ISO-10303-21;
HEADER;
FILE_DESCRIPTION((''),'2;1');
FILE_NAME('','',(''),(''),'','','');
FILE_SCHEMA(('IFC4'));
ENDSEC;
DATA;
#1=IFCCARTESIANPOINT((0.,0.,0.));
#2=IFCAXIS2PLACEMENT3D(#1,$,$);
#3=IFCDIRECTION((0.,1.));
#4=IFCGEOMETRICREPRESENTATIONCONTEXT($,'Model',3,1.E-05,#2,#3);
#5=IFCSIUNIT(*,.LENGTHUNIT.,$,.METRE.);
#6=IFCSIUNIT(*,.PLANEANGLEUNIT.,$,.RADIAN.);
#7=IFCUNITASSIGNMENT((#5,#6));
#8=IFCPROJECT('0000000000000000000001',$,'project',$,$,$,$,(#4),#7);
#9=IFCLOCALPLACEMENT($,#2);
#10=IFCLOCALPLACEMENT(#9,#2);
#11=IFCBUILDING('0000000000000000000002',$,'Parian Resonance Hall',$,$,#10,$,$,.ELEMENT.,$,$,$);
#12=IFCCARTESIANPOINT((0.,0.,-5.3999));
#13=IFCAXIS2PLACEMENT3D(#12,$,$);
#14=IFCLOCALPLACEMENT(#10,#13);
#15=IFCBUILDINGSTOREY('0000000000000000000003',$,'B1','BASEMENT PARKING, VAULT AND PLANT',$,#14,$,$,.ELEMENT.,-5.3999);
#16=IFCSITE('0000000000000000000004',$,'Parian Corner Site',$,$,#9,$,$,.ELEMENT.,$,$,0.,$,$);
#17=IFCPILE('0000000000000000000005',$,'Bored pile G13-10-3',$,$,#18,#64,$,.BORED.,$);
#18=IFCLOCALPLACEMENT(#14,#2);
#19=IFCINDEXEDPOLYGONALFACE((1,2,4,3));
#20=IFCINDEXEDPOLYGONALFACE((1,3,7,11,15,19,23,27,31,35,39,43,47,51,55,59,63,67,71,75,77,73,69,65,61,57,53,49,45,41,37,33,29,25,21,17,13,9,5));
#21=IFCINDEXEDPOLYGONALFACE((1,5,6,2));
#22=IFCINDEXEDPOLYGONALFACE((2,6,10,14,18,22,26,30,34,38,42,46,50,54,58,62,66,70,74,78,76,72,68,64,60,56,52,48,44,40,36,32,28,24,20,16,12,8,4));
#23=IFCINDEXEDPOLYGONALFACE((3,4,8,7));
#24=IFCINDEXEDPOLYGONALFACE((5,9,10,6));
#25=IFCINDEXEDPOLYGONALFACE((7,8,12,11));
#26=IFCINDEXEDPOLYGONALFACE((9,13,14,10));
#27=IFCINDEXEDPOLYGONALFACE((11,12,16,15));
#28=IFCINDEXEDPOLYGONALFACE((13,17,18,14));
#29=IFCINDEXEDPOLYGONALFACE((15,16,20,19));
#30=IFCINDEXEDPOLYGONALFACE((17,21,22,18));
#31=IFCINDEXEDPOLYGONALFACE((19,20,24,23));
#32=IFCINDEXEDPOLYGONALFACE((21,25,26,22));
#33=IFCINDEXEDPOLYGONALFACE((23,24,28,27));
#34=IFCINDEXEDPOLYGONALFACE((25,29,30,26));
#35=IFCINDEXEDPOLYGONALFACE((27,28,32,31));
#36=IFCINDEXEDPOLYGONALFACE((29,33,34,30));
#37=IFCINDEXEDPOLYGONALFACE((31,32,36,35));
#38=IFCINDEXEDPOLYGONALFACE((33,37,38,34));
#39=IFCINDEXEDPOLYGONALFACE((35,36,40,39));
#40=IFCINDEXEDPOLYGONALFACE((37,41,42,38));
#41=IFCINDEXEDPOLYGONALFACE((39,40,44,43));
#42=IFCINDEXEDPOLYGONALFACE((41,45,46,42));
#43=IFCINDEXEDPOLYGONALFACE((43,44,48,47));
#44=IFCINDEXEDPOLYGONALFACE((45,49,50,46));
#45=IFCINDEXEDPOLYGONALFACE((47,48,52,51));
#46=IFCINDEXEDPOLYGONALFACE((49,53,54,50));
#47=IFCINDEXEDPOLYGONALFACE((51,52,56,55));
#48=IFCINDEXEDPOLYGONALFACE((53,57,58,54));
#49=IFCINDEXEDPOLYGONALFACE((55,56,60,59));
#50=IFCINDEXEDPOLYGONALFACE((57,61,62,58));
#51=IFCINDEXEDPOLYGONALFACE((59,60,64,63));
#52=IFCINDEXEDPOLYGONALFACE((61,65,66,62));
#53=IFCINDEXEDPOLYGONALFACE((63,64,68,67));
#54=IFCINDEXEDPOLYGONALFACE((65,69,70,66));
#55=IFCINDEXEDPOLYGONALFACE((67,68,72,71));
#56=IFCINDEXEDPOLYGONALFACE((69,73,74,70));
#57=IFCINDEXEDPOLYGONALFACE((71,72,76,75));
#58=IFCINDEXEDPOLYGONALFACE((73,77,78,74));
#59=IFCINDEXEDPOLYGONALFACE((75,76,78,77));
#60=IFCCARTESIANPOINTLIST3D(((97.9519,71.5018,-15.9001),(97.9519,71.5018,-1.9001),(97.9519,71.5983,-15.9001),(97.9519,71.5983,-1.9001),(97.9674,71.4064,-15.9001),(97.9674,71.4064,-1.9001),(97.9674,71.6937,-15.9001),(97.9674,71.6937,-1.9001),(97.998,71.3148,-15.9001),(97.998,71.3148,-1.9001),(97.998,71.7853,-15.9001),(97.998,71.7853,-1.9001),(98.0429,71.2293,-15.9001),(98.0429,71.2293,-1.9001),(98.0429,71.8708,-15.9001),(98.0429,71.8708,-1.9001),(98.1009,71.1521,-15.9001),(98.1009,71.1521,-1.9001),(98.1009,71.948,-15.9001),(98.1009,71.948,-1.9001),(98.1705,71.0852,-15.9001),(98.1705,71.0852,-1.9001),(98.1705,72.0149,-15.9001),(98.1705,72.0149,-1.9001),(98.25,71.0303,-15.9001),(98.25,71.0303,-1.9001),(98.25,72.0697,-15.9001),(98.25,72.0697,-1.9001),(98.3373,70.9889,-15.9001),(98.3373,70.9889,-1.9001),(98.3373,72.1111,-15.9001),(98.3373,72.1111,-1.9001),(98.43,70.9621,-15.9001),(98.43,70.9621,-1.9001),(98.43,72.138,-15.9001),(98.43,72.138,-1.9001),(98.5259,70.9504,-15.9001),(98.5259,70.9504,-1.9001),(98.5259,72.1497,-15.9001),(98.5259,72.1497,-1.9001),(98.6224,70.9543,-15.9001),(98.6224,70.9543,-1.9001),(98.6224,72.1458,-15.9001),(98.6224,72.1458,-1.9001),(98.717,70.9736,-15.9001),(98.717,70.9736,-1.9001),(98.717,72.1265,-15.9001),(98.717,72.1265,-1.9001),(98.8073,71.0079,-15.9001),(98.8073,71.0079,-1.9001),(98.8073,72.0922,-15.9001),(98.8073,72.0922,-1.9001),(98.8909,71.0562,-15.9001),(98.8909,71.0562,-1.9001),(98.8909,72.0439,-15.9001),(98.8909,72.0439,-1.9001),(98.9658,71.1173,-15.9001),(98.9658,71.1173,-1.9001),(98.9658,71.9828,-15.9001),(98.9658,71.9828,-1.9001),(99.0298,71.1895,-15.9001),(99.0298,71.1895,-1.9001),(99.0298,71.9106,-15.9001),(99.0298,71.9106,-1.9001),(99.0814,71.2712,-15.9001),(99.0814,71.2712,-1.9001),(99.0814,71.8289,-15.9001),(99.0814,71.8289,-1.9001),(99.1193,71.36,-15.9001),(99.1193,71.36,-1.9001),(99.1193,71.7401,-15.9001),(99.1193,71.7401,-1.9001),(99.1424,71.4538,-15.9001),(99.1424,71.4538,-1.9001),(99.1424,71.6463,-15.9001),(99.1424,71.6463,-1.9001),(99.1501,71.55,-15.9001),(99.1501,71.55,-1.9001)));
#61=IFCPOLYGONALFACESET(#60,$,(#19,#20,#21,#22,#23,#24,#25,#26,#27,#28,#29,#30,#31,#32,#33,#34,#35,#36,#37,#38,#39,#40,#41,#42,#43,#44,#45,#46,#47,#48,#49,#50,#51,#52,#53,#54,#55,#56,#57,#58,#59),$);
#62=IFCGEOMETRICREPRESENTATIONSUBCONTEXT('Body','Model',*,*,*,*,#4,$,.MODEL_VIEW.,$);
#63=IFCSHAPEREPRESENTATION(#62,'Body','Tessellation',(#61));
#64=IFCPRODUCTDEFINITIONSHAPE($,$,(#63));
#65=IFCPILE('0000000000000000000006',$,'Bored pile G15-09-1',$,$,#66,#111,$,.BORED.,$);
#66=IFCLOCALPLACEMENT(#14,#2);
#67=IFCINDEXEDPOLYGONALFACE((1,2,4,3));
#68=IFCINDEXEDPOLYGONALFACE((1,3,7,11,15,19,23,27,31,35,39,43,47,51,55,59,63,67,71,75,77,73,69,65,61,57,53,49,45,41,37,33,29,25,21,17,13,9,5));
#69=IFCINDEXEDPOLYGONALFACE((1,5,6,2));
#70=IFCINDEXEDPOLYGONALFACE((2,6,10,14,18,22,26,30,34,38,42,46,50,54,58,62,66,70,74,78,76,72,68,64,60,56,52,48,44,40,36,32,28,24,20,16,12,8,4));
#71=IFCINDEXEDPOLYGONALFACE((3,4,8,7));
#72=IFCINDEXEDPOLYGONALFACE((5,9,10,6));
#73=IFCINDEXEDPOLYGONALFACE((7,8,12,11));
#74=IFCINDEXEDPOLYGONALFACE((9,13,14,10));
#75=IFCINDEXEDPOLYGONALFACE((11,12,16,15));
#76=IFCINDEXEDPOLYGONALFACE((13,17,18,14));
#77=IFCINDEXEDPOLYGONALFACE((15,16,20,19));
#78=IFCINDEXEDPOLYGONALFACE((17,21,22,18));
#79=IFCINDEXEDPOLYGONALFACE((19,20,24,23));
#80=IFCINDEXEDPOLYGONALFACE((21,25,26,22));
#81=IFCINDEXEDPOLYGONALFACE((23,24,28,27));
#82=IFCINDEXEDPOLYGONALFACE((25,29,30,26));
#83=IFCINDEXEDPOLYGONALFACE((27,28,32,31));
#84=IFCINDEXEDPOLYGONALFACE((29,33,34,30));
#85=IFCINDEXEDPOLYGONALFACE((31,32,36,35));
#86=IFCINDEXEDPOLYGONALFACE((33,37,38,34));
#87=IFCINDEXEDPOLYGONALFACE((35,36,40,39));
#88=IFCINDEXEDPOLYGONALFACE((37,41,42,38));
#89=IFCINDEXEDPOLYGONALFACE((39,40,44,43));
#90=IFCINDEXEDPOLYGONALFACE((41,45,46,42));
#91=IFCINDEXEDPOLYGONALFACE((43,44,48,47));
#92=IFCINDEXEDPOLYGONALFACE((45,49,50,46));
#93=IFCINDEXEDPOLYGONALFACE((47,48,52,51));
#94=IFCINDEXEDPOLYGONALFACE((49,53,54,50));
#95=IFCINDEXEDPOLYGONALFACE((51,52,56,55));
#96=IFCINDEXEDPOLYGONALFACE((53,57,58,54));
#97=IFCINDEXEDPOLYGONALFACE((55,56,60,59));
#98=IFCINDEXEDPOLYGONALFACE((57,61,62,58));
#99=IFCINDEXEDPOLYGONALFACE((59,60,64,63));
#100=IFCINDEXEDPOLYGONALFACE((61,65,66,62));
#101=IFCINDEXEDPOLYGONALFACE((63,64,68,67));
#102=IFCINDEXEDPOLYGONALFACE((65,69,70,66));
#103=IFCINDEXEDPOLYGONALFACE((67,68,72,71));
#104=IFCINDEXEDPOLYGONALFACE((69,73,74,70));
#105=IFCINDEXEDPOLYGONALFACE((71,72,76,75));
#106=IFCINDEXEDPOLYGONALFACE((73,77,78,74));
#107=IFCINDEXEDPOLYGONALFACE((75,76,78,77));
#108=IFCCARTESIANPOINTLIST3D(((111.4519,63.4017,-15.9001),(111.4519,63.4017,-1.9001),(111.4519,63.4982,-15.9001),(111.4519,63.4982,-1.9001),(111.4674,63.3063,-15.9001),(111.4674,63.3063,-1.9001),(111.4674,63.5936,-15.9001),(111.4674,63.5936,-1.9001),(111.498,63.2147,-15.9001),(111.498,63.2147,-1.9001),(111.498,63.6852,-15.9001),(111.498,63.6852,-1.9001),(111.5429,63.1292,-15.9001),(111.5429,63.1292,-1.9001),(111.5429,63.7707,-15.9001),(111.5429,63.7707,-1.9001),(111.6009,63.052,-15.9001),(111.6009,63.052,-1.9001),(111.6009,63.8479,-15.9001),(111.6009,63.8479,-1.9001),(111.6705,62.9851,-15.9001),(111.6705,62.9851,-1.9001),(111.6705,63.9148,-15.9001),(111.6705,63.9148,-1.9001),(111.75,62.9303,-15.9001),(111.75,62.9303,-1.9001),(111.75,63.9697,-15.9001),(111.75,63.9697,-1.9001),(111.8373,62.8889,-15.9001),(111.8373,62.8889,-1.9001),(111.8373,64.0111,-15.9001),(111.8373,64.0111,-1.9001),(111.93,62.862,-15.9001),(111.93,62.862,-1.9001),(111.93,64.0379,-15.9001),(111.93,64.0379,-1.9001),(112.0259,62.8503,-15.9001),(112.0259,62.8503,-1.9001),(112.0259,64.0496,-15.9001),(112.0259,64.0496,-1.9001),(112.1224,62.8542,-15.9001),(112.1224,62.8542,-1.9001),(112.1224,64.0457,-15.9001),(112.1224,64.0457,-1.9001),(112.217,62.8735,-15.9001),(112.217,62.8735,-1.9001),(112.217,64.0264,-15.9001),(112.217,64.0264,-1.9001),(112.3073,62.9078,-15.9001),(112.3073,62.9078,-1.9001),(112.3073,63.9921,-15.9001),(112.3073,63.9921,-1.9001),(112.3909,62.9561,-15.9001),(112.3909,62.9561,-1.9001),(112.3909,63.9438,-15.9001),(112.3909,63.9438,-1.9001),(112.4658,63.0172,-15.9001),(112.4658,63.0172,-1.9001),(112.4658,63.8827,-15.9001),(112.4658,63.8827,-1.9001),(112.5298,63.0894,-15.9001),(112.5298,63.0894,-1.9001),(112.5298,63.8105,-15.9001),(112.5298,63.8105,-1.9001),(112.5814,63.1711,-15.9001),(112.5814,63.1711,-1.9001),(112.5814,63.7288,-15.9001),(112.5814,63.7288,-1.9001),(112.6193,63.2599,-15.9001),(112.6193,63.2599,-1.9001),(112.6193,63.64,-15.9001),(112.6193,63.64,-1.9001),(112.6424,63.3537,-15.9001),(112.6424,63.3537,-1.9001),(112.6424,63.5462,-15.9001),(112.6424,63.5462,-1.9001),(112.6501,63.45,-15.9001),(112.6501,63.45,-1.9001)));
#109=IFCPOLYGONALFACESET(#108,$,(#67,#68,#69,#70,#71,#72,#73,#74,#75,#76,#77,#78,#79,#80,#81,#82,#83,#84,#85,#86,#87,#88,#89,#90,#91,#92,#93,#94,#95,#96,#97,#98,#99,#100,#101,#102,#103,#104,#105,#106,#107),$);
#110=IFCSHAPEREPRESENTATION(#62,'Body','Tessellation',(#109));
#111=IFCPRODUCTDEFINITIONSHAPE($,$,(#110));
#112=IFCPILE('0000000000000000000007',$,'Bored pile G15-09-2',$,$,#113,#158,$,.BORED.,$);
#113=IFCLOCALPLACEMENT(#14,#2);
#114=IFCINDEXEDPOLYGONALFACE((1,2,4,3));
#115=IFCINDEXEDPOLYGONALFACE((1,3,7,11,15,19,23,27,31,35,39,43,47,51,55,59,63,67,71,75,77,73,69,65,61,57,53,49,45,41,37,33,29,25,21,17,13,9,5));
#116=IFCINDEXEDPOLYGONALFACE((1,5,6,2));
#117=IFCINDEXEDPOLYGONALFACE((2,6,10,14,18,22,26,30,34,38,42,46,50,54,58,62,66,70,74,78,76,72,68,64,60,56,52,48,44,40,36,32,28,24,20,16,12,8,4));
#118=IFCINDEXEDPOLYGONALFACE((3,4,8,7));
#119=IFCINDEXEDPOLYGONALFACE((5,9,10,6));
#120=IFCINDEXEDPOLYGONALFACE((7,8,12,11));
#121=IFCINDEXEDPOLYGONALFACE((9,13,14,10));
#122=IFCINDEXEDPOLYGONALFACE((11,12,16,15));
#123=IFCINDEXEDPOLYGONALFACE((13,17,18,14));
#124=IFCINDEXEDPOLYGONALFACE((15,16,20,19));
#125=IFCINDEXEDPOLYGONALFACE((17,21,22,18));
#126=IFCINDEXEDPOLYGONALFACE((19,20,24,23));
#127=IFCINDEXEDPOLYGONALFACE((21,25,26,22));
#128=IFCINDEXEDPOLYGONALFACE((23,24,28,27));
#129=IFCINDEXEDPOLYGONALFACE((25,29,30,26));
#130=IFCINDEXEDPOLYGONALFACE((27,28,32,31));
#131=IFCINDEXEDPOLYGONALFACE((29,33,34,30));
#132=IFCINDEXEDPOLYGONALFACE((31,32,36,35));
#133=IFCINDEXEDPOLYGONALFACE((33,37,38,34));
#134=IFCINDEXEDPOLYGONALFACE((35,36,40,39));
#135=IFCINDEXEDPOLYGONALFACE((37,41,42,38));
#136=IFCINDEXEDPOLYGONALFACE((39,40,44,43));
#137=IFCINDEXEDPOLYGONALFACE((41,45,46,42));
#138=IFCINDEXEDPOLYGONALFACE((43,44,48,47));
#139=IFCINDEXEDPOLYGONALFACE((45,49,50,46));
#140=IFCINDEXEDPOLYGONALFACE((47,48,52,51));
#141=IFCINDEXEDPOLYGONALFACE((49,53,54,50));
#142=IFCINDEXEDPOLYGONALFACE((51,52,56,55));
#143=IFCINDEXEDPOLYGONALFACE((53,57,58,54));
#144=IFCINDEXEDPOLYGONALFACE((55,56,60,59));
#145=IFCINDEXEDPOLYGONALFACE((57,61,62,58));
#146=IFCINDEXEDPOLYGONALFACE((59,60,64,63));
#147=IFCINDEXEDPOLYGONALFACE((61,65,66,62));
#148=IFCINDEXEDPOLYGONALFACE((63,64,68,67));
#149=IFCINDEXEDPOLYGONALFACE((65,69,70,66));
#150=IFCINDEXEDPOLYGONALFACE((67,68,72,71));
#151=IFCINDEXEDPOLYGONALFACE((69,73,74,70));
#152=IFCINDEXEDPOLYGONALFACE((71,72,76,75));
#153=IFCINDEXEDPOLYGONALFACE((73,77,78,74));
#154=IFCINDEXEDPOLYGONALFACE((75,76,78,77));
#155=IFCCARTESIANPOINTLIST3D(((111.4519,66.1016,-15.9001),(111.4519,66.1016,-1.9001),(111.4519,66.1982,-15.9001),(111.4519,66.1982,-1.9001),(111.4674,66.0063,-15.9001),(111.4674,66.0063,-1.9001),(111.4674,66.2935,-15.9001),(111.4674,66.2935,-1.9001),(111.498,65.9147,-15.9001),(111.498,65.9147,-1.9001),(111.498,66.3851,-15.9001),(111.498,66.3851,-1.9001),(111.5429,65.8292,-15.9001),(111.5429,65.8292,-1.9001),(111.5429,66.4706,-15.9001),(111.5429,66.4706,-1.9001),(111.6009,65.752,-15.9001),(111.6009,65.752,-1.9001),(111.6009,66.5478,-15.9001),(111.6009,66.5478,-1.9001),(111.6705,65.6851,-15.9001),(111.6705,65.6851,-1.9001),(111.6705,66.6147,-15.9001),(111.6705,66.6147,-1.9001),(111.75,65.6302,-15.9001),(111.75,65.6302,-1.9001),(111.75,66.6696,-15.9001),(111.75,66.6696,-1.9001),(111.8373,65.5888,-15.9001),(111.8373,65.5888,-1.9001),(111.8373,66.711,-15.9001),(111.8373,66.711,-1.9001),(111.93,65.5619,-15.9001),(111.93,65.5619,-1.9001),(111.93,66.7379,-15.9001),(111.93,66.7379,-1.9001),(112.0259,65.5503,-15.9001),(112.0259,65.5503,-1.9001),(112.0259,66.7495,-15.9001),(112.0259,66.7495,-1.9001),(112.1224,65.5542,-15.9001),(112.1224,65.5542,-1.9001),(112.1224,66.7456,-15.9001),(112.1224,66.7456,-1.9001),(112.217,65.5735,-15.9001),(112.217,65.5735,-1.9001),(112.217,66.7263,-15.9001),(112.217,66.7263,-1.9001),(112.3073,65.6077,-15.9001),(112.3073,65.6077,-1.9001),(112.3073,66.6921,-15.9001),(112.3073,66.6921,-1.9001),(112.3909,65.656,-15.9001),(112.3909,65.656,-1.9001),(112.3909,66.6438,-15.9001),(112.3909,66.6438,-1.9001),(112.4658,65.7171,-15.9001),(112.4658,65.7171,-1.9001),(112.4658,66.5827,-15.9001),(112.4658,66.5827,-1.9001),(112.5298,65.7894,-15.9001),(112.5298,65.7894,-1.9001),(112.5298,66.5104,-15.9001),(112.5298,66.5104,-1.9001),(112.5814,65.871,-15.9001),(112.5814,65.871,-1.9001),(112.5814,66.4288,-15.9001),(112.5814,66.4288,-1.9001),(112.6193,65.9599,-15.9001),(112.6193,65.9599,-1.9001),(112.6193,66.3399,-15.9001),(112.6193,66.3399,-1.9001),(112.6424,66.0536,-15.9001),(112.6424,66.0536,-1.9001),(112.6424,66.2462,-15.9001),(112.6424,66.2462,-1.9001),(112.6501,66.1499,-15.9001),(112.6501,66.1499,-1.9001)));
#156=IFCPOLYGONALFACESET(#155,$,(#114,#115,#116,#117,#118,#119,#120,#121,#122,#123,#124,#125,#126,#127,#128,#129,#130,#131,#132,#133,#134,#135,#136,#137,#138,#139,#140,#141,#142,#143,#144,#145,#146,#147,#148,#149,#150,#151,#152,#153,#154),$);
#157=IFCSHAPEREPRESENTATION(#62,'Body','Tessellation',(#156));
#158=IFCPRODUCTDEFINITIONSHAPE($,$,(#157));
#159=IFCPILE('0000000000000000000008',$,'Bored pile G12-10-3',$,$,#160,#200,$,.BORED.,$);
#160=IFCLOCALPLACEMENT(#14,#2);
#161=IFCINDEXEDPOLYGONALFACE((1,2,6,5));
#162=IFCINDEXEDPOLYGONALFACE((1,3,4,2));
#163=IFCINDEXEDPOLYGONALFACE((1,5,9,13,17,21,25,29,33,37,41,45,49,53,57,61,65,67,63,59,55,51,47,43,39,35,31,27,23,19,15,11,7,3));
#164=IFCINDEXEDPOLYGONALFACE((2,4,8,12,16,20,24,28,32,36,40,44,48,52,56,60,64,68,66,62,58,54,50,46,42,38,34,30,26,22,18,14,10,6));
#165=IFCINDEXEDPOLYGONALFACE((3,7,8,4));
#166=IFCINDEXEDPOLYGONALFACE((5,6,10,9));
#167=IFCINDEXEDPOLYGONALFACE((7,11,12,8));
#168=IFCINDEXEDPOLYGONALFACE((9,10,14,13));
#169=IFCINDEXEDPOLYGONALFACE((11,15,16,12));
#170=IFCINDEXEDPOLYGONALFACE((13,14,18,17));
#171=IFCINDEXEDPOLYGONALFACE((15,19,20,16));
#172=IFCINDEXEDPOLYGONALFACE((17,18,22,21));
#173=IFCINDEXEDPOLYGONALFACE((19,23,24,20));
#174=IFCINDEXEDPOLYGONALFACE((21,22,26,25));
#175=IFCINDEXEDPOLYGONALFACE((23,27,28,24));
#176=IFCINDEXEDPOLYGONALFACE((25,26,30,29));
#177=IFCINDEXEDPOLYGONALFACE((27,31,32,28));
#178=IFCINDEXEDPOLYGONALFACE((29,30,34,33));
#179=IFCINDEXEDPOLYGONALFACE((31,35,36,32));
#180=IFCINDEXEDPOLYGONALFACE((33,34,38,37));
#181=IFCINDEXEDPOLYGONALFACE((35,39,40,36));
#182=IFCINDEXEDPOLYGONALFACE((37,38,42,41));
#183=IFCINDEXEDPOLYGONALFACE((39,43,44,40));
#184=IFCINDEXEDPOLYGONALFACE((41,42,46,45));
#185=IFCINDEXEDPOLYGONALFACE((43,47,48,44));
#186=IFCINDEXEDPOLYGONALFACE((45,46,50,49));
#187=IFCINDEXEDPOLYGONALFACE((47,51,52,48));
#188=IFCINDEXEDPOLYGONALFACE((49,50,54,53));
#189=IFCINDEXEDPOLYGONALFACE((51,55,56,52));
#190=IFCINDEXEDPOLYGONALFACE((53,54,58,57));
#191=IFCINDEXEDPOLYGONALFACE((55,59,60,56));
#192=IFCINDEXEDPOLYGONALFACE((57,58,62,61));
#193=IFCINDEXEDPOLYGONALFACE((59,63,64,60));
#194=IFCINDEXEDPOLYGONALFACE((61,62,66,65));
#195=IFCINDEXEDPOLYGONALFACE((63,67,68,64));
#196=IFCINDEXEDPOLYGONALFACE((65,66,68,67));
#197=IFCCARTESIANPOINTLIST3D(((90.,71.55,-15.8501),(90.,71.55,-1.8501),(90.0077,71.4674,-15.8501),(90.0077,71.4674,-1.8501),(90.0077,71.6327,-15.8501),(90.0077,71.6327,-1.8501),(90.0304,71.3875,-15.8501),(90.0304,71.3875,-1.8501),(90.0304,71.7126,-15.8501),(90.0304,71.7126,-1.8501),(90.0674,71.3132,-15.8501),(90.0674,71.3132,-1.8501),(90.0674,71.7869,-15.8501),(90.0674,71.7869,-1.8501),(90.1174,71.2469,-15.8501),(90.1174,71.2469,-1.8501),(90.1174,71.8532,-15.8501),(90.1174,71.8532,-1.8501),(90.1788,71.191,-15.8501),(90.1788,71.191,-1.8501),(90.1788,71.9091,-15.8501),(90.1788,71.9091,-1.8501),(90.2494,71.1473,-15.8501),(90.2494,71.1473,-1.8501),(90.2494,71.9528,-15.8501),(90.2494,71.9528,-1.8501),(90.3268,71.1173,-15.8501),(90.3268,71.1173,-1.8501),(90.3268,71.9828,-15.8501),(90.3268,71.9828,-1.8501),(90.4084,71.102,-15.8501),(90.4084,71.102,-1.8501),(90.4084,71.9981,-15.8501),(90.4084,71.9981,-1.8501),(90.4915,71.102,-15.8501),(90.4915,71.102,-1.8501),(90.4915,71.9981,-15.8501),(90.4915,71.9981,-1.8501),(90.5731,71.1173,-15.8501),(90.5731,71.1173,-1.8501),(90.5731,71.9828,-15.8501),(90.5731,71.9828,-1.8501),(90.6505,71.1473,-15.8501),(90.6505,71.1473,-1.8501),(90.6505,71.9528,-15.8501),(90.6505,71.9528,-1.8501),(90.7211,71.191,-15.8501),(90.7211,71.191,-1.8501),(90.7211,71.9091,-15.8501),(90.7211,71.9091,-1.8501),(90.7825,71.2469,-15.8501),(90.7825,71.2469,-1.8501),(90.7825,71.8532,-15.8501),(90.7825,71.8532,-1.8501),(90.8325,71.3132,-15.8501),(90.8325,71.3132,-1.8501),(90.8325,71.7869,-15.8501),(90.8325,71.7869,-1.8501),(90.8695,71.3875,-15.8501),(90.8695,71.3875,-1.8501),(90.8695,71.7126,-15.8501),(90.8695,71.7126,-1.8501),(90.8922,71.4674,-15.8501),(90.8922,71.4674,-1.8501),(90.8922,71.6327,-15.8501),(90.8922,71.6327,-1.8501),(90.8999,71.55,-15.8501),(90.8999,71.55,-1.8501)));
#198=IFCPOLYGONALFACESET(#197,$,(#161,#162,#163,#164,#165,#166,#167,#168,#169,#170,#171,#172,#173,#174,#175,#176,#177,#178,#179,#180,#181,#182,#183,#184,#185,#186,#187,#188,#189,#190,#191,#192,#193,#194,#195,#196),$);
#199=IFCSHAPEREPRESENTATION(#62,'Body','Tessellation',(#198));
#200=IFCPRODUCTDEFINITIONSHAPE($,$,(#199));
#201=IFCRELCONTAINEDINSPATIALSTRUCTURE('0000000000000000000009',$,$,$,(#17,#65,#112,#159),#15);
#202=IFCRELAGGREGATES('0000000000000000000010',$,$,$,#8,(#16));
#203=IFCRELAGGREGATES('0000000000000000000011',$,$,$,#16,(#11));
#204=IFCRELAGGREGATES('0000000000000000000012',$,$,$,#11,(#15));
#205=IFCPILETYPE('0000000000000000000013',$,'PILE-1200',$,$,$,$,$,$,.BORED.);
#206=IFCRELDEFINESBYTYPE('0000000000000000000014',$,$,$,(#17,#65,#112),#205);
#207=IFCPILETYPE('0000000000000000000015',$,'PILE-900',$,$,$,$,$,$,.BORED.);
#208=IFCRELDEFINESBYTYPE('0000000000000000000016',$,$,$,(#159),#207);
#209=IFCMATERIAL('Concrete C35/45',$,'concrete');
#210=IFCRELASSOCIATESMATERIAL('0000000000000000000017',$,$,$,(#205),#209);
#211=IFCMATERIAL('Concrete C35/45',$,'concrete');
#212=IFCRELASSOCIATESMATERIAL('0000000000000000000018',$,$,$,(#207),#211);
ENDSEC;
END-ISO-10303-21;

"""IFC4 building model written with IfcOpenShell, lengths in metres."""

from ifc_helpers import new_model, si_unit, direction, frame, origin, origin_2d, place, context, subcontext, project, spatial, circle, extrude, material, material_profile, profile_set, type_object, element, save


model = new_model("IFC4")

# Units and contexts
model_context = context("Model", 3, precision=1e-05, world=origin(), true_north=direction((0.0, 1.0)))
body_context = subcontext(model_context, "Body", "Model", "MODEL_VIEW")
ifc_project = project(units=[si_unit("LENGTHUNIT", "METRE"), si_unit("PLANEANGLEUNIT", "RADIAN")], contexts=[model_context])

# Site, building, storey
site_placement = place(None, origin())
site = spatial("IfcSite", under=ifc_project, at=site_placement, Name="Parian Corner Site", CompositionType="ELEMENT", RefElevation=0.0)
building_placement = place(site_placement, origin())
building = spatial("IfcBuilding", under=site, at=building_placement, Name="Parian Resonance Hall", CompositionType="ELEMENT")
storey_placement = place(building_placement, frame((0.0, 0.0, -5.3999)))
storey = spatial("IfcBuildingStorey", under=building, at=storey_placement, Name="B1", Description="BASEMENT PARKING, VAULT AND PLANT", CompositionType="ELEMENT", Elevation=-5.3999)

# Piles
ifc_material_1 = material(Name="Concrete C35/45", Category="concrete")
ifc_material_profile_1 = material_profile(ifc_material_1, circle(Radius=0.6001, at=origin_2d()), Name="PILE-D1200")
ifc_profile_set_1 = profile_set([ifc_material_profile_1], Name="Concrete C35/45")
pile_type_1 = type_object("IfcPileType", Name="PILE-1200", PredefinedType="BORED", material=ifc_profile_set_1)
for number, where, z_axis, x_axis, name in (
    (1, (98.55, 71.55, -1.9001), (0.0, 0.0, -1.0), (1.0, 0.0, 0.0), "Bored pile G13-10-3"),
    (2, (112.05, 63.45, -1.9001), (0.0, 0.0, -1.0), (1.0, 0.0, 0.0), "Bored pile G15-09-1"),
    (3, (112.05, 66.1499, -1.9001), (0.0, 0.0, -1.0), (1.0, 0.0, 0.0), "Bored pile G15-09-2"),
):
    element("IfcPile", number, at=place(storey_placement, frame(where, z_axis=z_axis, x_axis=x_axis)), inside=storey, type_object=pile_type_1, Name=name, PredefinedType="BORED", context=body_context, shape_type="SweptSolid", body=[
        extrude(circle(Radius=0.6001, at=origin_2d()), origin(), (0.0, 0.0, 1.0), 14.0),
    ])
ifc_material_2 = material(Name="Concrete C35/45", Category="concrete")
ifc_material_profile_2 = material_profile(ifc_material_2, circle(Radius=0.45, at=origin_2d()), Name="PILE-D900")
ifc_profile_set_2 = profile_set([ifc_material_profile_2], Name="Concrete C35/45")
pile_type_2 = type_object("IfcPileType", Name="PILE-900", PredefinedType="BORED", material=ifc_profile_set_2)
for number, where, z_axis, x_axis, name in (
    (4, (90.45, 71.55, -1.8501), (0.0, 0.0, -1.0), (1.0, 0.0, 0.0), "Bored pile G12-10-3"),
):
    element("IfcPile", number, at=place(storey_placement, frame(where, z_axis=z_axis, x_axis=x_axis)), inside=storey, type_object=pile_type_2, Name=name, PredefinedType="BORED", context=body_context, shape_type="SweptSolid", body=[
        extrude(circle(Radius=0.45, at=origin_2d()), origin(), (0.0, 0.0, 1.0), 14.0),
    ])

save(model, "model.ifc")
